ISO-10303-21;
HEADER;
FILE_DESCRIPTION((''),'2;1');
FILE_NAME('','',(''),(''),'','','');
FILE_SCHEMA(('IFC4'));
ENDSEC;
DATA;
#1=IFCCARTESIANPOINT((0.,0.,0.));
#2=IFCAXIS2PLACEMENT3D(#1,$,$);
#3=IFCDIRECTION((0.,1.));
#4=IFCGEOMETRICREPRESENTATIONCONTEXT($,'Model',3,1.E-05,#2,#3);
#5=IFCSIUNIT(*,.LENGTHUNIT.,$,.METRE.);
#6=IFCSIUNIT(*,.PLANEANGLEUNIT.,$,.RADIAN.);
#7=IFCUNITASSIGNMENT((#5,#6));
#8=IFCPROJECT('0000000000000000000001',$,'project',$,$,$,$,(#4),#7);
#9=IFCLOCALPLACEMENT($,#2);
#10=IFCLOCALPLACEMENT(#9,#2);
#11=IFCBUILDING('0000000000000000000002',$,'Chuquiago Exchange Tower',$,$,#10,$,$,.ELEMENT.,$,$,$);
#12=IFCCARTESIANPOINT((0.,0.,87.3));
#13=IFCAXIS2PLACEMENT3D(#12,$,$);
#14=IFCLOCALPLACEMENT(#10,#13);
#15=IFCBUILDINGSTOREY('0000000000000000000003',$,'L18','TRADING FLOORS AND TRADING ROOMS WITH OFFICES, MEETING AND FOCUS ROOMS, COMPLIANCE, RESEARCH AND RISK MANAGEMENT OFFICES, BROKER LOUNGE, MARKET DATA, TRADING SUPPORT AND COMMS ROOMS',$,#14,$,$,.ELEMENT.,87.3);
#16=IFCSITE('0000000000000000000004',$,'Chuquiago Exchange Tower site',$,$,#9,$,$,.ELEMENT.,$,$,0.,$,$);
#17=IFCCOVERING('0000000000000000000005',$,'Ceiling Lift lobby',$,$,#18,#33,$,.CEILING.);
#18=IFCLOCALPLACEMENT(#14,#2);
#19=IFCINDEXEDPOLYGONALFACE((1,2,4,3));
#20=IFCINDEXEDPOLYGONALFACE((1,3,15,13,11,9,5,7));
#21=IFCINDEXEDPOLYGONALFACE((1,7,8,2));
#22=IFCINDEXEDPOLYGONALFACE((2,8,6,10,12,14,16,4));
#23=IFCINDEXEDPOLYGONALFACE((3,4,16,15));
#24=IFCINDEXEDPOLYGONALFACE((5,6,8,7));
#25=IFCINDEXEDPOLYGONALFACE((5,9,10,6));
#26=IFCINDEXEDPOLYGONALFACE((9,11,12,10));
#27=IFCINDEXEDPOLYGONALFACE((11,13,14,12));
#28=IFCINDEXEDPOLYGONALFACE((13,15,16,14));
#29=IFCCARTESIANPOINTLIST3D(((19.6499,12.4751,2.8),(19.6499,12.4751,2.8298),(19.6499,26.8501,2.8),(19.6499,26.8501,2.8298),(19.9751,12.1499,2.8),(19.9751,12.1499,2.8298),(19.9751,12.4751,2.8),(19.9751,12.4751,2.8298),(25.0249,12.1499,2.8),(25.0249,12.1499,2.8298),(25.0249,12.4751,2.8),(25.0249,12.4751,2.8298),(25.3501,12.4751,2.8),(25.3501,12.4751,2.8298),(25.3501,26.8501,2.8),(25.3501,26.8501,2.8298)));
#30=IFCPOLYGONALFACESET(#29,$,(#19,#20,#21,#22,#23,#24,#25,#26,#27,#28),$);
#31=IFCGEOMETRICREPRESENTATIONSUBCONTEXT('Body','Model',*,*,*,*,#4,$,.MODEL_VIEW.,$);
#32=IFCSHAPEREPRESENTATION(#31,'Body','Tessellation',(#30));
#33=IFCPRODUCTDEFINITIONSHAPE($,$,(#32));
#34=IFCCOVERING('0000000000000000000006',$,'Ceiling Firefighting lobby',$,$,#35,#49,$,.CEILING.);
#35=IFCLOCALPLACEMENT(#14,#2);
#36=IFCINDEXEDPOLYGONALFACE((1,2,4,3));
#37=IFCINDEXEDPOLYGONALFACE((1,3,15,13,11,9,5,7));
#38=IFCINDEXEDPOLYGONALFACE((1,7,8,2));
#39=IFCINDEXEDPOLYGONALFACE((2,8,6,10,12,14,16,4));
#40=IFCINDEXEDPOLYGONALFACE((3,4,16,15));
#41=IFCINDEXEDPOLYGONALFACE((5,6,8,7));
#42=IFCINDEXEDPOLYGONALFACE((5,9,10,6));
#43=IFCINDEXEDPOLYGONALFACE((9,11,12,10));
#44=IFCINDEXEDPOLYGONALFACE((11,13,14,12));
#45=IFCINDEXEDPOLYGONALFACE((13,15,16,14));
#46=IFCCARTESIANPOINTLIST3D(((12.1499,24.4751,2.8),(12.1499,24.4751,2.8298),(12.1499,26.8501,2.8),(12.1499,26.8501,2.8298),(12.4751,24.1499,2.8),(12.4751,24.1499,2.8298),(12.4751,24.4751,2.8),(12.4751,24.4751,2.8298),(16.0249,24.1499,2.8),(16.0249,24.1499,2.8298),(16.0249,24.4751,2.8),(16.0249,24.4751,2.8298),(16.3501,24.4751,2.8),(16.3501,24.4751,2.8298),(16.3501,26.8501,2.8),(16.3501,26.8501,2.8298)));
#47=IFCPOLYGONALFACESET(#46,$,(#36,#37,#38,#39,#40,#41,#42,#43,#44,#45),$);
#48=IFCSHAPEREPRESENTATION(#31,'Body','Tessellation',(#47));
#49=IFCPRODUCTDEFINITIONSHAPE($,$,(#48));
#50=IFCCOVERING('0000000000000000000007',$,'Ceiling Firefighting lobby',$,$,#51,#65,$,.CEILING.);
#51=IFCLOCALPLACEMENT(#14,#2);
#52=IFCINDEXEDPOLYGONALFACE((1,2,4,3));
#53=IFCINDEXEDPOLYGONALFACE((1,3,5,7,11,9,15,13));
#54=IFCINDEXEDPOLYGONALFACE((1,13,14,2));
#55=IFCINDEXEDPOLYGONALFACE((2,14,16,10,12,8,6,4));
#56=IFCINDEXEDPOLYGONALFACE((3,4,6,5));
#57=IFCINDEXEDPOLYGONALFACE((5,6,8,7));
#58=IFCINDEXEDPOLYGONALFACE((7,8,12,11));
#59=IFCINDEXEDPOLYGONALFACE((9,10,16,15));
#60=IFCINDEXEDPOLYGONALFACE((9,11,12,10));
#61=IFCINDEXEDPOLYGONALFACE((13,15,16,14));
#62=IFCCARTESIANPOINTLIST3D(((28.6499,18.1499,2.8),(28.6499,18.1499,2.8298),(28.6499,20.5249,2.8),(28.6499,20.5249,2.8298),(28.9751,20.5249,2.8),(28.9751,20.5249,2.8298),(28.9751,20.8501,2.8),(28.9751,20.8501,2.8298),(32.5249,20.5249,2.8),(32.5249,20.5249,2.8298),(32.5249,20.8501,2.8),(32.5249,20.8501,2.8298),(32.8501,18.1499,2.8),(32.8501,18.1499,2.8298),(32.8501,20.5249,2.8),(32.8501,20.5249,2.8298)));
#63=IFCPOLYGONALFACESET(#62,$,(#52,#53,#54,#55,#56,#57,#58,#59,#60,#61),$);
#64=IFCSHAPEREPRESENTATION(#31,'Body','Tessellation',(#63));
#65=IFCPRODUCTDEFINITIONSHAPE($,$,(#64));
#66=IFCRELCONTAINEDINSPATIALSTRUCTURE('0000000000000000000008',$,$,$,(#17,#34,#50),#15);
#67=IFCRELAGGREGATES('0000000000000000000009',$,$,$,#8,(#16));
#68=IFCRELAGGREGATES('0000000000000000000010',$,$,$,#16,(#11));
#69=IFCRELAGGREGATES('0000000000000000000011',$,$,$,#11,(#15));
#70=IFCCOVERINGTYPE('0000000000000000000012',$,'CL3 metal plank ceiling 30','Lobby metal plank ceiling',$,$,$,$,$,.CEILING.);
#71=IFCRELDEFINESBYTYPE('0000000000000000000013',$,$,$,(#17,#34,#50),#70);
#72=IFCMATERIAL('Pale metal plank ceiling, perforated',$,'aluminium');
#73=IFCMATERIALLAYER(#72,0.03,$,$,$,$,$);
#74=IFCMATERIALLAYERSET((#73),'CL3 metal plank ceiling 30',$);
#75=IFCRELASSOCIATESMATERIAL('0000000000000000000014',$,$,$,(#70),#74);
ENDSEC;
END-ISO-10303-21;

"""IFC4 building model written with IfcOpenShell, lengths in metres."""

from ifc_helpers import new_model, si_unit, direction, frame, origin, place, context, subcontext, project, spatial, polyline, outline, extrude, material, layer, layer_set, type_object, element, save


model = new_model("IFC4")

# Units and contexts
model_context = context("Model", 3, precision=1e-05, world=origin(), true_north=direction((0.0, 1.0)))
body_context = subcontext(model_context, "Body", "Model", "MODEL_VIEW")
ifc_project = project(units=[si_unit("LENGTHUNIT", "METRE"), si_unit("PLANEANGLEUNIT", "RADIAN")], contexts=[model_context])

# Site, building, storey
site_placement = place(None, origin())
site = spatial("IfcSite", under=ifc_project, at=site_placement, Name="Chuquiago Exchange Tower site", CompositionType="ELEMENT", RefElevation=0.0)
building_placement = place(site_placement, origin())
building = spatial("IfcBuilding", under=site, at=building_placement, Name="Chuquiago Exchange Tower", CompositionType="ELEMENT")
storey_placement = place(building_placement, frame((0.0, 0.0, 87.3)))
storey = spatial("IfcBuildingStorey", under=building, at=storey_placement, Name="L18", Description="TRADING FLOORS AND TRADING ROOMS WITH OFFICES, MEETING AND FOCUS ROOMS, COMPLIANCE, RESEARCH AND RISK MANAGEMENT OFFICES, BROKER LOUNGE, MARKET DATA, TRADING SUPPORT AND COMMS ROOMS", CompositionType="ELEMENT", Elevation=87.3)

# Coverings
ifc_material_1 = material(Name="Pale metal plank ceiling, perforated", Category="aluminium")
ifc_layer_1 = layer(ifc_material_1, 0.03)
ifc_layer_set_1 = layer_set([ifc_layer_1], Name="CL3 metal plank ceiling 30")
covering_type_1 = type_object("IfcCoveringType", Name="CL3 metal plank ceiling 30", Description="Lobby metal plank ceiling", PredefinedType="CEILING", material=ifc_layer_set_1)
covering_1_placement = place(storey_placement, frame((0.0, 0.0, 2.8)))
element("IfcCovering", 1, at=covering_1_placement, inside=storey, type_object=covering_type_1, Name="Ceiling Lift lobby", PredefinedType="CEILING", context=body_context, shape_type="SweptSolid", body=[
    extrude(outline(polyline([(19.9751, 12.1499), (19.9751, 12.4751), (19.6499, 12.4751), (19.6499, 26.8501), (25.3501, 26.8501), (25.3501, 12.4751), (25.0249, 12.4751), (25.0249, 12.1499), (19.9751, 12.1499)])), origin(), (0.0, 0.0, 1.0), 0.0298),
])
covering_2_placement = place(storey_placement, frame((0.0, 0.0, 2.8)))
element("IfcCovering", 2, at=covering_2_placement, inside=storey, type_object=covering_type_1, Name="Ceiling Firefighting lobby", PredefinedType="CEILING", context=body_context, shape_type="SweptSolid", body=[
    extrude(outline(polyline([(12.4751, 24.1499), (12.4751, 24.4751), (12.1499, 24.4751), (12.1499, 26.8501), (16.3501, 26.8501), (16.3501, 24.4751), (16.0249, 24.4751), (16.0249, 24.1499), (12.4751, 24.1499)])), origin(), (0.0, 0.0, 1.0), 0.0298),
])
covering_3_placement = place(storey_placement, frame((0.0, 0.0, 2.8)))
element("IfcCovering", 3, at=covering_3_placement, inside=storey, type_object=covering_type_1, Name="Ceiling Firefighting lobby", PredefinedType="CEILING", context=body_context, shape_type="SweptSolid", body=[
    extrude(outline(polyline([(28.6499, 18.1499), (28.6499, 20.5249), (28.9751, 20.5249), (28.9751, 20.8501), (32.5249, 20.8501), (32.5249, 20.5249), (32.8501, 20.5249), (32.8501, 18.1499), (28.6499, 18.1499)])), origin(), (0.0, 0.0, 1.0), 0.0298),
])

save(model, "model.ifc")
